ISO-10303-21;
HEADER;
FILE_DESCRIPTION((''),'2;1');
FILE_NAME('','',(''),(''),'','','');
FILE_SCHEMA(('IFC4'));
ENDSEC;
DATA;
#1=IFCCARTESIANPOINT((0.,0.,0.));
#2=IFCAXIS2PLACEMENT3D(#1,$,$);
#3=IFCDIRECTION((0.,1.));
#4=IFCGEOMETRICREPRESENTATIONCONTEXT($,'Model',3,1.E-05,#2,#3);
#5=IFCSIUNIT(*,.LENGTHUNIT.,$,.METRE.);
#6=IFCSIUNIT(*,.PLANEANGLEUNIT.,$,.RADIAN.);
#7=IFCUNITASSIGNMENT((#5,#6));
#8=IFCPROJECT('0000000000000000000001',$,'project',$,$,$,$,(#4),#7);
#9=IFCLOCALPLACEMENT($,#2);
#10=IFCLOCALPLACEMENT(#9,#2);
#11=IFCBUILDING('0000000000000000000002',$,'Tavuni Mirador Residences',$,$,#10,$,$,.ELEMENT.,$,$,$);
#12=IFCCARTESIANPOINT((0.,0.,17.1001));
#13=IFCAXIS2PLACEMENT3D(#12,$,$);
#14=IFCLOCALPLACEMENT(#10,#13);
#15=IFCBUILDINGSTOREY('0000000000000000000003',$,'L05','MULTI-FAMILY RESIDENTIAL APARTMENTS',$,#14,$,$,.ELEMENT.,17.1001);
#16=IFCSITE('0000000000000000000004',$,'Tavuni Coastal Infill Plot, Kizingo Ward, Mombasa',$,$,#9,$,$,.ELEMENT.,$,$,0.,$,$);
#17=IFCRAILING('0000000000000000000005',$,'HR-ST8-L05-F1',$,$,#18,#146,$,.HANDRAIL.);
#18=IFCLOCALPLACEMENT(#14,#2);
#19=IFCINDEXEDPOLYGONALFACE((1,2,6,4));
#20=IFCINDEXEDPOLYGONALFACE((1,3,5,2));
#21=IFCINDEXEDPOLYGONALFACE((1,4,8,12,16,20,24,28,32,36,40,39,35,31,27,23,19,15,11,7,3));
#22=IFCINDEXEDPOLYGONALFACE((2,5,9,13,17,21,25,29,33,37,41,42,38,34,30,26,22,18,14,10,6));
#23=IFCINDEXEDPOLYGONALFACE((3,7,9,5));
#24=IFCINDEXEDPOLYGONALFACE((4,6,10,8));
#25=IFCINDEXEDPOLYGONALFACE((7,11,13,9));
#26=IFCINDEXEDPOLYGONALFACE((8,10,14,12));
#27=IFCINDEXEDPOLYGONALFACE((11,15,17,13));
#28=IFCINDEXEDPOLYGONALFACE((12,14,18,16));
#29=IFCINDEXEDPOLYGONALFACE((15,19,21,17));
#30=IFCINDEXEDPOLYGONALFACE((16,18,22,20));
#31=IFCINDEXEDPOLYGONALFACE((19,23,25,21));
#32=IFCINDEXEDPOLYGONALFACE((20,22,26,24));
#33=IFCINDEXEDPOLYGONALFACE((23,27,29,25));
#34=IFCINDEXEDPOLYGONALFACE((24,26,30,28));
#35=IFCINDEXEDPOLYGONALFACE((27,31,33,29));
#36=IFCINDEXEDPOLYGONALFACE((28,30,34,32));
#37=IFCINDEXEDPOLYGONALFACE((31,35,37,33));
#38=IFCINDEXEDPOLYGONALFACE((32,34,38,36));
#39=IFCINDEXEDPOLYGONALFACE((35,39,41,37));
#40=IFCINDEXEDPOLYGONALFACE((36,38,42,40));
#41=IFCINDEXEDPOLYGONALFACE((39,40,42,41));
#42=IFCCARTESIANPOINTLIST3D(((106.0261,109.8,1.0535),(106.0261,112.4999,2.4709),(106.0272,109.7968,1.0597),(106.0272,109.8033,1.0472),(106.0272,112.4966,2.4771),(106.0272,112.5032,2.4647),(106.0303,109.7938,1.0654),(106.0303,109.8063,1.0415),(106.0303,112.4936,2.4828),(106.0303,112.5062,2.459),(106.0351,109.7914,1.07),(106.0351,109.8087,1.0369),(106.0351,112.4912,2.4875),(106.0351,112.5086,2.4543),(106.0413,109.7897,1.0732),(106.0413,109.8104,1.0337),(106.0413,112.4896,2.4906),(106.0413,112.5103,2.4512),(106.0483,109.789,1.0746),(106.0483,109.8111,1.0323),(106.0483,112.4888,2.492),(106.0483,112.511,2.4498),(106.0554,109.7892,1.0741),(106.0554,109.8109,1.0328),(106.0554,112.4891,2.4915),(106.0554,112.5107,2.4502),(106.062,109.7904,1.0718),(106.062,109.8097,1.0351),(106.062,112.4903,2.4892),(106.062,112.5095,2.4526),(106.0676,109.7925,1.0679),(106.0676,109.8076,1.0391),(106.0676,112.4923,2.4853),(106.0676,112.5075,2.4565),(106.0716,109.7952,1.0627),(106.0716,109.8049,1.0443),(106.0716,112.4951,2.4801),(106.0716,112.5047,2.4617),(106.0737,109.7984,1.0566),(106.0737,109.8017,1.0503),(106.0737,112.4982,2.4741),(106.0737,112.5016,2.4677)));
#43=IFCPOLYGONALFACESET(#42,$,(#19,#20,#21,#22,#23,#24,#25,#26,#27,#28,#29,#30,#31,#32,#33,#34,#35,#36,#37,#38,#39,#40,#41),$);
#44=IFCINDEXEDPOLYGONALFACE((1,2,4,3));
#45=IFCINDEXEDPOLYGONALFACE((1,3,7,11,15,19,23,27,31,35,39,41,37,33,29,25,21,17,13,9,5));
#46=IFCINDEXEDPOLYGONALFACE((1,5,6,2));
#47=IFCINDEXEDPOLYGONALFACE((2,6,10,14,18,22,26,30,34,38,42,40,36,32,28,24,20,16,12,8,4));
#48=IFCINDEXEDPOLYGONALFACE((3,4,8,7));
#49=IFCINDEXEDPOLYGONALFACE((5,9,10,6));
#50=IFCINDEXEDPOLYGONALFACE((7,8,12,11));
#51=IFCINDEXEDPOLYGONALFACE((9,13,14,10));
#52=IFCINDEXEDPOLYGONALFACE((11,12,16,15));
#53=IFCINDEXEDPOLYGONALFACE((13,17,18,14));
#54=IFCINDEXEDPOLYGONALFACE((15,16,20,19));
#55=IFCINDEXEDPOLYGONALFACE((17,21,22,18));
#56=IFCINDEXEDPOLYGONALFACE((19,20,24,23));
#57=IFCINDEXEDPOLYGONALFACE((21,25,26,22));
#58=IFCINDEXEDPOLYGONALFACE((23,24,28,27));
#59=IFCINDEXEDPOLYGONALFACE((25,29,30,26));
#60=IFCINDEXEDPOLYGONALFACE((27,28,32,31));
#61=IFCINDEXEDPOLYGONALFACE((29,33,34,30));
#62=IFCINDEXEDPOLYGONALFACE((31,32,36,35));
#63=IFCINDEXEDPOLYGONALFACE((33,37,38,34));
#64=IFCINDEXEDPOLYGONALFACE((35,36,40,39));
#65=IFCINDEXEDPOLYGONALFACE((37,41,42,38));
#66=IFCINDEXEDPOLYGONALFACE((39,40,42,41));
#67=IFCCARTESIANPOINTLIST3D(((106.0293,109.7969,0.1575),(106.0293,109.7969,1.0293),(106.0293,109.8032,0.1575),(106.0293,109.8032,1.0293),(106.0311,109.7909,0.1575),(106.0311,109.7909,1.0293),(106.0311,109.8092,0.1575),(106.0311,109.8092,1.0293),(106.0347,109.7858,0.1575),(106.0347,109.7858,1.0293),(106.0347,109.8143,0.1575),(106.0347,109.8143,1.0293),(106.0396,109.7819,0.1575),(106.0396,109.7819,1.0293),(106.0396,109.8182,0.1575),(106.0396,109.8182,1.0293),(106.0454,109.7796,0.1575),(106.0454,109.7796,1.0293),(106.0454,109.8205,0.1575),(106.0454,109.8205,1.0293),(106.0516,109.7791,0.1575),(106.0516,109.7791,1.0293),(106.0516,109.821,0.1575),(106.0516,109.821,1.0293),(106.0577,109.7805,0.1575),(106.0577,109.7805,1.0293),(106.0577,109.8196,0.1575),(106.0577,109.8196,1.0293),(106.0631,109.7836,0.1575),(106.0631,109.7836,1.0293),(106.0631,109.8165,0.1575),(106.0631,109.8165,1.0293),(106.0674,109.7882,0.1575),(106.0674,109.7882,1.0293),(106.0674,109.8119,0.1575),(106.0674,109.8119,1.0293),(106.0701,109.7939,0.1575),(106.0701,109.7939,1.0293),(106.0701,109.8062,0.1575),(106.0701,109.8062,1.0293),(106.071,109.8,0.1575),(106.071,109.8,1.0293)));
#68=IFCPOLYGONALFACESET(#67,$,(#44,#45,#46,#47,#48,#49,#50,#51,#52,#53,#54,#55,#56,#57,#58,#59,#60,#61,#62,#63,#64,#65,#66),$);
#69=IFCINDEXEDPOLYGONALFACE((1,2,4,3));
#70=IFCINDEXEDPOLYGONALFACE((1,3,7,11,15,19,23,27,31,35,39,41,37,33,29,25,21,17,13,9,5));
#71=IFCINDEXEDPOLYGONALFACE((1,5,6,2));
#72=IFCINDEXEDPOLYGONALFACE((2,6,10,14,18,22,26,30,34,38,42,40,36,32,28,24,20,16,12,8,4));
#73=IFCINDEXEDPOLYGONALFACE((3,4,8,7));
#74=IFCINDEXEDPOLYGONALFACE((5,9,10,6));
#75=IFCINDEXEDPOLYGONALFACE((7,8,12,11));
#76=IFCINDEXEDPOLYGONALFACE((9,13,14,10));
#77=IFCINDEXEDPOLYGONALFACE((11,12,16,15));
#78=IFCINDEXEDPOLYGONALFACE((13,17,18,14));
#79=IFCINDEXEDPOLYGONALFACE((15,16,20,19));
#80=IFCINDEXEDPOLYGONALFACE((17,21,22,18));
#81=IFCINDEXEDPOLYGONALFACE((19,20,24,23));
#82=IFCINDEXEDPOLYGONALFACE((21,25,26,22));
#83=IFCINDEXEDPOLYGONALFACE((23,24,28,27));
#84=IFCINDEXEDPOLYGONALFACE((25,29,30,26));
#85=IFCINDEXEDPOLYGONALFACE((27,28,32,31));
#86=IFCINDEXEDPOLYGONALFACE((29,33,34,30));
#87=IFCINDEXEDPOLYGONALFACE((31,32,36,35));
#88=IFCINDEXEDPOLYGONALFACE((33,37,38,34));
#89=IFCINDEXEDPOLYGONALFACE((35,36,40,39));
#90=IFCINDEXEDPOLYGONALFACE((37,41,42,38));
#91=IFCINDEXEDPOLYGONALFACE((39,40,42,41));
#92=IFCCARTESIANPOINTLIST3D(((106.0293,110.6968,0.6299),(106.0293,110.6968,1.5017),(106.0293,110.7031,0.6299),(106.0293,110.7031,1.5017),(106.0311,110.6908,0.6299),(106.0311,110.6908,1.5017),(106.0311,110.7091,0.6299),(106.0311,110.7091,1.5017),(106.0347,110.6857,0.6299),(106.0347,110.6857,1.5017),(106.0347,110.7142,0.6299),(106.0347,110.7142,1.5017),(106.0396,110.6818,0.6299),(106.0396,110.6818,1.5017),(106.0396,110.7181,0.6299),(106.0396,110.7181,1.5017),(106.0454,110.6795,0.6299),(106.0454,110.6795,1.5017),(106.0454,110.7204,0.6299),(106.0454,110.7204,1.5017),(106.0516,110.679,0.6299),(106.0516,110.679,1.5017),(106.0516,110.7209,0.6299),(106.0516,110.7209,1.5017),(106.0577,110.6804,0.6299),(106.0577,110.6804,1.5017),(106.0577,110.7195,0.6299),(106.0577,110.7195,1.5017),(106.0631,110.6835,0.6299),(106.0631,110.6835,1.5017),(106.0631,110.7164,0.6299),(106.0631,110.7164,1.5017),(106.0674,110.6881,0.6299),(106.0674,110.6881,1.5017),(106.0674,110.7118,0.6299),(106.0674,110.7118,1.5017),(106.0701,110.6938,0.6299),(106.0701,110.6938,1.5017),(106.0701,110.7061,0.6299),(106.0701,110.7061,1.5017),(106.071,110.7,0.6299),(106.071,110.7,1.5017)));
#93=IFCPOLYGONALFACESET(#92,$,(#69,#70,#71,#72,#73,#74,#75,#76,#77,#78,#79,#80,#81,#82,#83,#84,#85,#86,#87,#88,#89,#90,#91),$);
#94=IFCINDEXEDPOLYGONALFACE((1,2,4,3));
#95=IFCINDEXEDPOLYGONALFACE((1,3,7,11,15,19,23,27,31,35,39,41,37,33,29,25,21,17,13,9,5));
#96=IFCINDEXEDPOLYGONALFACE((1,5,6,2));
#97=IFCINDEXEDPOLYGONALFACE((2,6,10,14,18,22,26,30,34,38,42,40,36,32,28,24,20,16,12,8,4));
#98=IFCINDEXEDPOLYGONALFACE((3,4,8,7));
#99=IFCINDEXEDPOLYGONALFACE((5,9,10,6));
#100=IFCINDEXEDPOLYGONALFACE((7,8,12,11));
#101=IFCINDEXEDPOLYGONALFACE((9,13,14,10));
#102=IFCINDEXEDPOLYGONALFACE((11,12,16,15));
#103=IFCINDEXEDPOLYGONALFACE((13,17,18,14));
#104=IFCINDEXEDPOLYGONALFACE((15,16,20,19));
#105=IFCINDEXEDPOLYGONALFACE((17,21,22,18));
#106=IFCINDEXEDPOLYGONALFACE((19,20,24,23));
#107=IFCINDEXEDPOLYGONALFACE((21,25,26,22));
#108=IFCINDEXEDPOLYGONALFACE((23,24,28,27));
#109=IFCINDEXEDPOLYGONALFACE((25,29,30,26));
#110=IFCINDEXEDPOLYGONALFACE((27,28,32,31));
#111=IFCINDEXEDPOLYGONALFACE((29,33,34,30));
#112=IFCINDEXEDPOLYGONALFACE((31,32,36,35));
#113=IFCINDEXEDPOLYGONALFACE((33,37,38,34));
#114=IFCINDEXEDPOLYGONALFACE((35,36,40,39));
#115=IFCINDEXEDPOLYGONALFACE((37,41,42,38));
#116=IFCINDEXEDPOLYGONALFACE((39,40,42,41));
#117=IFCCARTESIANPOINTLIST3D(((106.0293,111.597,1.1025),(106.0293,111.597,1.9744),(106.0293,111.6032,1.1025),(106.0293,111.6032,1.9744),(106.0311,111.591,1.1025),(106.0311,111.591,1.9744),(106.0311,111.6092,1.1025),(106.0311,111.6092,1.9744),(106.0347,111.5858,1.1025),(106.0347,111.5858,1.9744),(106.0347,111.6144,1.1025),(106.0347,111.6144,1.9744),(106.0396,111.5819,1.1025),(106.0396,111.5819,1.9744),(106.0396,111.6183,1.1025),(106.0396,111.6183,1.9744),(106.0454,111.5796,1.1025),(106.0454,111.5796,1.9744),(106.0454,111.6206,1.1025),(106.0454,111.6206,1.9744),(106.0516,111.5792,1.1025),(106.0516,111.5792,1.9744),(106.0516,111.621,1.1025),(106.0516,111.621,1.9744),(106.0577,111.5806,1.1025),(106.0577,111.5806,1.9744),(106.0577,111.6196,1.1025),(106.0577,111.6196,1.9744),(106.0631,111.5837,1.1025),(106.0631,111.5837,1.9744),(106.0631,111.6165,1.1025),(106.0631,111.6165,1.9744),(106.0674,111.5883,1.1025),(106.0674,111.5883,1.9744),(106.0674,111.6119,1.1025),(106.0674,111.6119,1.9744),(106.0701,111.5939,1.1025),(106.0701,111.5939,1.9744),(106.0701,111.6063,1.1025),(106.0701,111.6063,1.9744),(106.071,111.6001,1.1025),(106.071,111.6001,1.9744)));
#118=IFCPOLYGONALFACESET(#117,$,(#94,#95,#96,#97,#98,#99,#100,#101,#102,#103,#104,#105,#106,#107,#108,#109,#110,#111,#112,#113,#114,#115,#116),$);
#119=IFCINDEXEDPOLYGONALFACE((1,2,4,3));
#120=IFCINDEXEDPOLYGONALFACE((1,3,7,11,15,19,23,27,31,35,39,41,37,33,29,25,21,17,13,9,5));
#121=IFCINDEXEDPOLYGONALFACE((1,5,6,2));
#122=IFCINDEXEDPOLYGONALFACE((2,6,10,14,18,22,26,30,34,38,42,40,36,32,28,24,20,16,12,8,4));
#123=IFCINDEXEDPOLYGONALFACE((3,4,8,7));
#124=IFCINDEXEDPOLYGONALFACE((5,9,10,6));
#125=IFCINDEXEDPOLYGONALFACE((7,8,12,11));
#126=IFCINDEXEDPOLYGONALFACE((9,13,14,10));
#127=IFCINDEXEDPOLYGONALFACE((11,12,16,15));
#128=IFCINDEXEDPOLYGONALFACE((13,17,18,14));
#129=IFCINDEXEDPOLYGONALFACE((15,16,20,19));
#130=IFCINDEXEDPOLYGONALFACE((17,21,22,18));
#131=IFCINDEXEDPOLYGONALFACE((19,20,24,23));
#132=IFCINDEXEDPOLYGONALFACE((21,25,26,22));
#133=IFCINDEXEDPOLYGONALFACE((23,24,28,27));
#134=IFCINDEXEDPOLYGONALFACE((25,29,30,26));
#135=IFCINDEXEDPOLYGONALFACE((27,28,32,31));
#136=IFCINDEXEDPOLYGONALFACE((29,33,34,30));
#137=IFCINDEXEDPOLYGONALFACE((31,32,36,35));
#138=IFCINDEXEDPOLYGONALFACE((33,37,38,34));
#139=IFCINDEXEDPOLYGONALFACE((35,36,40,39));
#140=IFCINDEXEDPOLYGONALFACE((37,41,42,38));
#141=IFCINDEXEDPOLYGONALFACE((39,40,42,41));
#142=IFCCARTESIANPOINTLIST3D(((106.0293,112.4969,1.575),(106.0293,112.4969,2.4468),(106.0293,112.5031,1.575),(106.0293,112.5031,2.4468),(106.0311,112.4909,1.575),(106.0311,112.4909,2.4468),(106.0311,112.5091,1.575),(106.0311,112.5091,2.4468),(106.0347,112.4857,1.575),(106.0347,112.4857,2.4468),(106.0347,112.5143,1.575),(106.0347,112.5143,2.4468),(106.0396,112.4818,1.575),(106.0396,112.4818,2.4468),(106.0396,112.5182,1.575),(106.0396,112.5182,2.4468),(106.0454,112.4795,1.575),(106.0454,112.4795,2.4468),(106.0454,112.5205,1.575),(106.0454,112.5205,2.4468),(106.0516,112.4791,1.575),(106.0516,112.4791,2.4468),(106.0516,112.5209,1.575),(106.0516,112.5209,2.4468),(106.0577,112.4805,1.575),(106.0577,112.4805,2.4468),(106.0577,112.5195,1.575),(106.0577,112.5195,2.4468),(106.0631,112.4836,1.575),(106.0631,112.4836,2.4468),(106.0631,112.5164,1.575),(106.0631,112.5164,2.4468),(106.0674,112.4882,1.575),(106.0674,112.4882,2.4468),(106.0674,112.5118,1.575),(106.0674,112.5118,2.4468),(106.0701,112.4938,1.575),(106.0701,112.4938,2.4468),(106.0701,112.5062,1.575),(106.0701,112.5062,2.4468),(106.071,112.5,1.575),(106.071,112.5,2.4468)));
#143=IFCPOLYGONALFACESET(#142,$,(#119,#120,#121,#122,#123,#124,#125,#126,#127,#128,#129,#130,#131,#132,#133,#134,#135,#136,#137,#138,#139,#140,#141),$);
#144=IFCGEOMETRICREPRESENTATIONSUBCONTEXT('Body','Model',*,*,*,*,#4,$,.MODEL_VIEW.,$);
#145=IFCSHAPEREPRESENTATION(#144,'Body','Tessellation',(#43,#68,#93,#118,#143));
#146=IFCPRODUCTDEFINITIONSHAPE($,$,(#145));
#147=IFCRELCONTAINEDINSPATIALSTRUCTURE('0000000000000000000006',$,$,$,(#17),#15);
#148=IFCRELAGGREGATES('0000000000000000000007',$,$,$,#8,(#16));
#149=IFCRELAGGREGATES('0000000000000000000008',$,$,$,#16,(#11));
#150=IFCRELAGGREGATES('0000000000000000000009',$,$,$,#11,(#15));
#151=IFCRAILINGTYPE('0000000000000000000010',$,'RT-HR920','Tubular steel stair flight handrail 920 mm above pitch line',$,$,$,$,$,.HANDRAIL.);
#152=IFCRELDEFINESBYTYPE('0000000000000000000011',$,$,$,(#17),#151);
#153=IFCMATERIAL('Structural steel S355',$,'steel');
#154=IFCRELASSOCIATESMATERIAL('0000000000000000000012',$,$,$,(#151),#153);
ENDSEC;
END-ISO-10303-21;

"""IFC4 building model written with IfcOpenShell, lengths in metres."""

from ifc_helpers import new_model, si_unit, direction, frame, origin, origin_2d, place, context, subcontext, project, spatial, circle, extrude, material, type_object, element, save


model = new_model("IFC4")

# Units and contexts
model_context = context("Model", 3, precision=1e-05, world=origin(), true_north=direction((0.0, 1.0)))
body_context = subcontext(model_context, "Body", "Model", "MODEL_VIEW")
ifc_project = project(units=[si_unit("LENGTHUNIT", "METRE"), si_unit("PLANEANGLEUNIT", "RADIAN")], contexts=[model_context])

# Site, building, storey
site_placement = place(None, origin())
site = spatial("IfcSite", under=ifc_project, at=site_placement, Name="Tavuni Coastal Infill Plot, Kizingo Ward, Mombasa", CompositionType="ELEMENT", RefElevation=0.0)
building_placement = place(site_placement, origin())
building = spatial("IfcBuilding", under=site, at=building_placement, Name="Tavuni Mirador Residences", CompositionType="ELEMENT")
storey_placement = place(building_placement, frame((0.0, 0.0, 17.1001)))
storey = spatial("IfcBuildingStorey", under=building, at=storey_placement, Name="L05", Description="MULTI-FAMILY RESIDENTIAL APARTMENTS", CompositionType="ELEMENT", Elevation=17.1001)

# Shared definitions
ifc_material_1 = material(Name="Structural steel S355", Category="steel")

# Railing
railing_type_1 = type_object("IfcRailingType", Name="RT-HR920", Description="Tubular steel stair flight handrail 920 mm above pitch line", PredefinedType="HANDRAIL", material=ifc_material_1)
railing_1_placement = place(storey_placement, frame((106.05, 109.8, 0.1575)))
element("IfcRailing", 1, at=railing_1_placement, inside=storey, type_object=railing_type_1, Name="HR-ST8-L05-F1", PredefinedType="HANDRAIL", context=body_context, shape_type="SweptSolid", body=[
    extrude(circle(Radius=0.0239, at=origin_2d()), frame((0.0, 0.0, 0.896), z_axis=(0.0, 0.885397, 0.464835), x_axis=(-1.0, 0.0, 0.0)), (0.0, 0.0, 1.0), 3.0493),
    extrude(circle(Radius=0.021, at=origin_2d()), origin(), (0.0, 0.0, 1.0), 0.8718),
    extrude(circle(Radius=0.021, at=origin_2d()), frame((0.0, 0.8999, 0.4724)), (0.0, 0.0, 1.0), 0.8718),
    extrude(circle(Radius=0.021, at=origin_2d()), frame((0.0, 1.8, 0.9451)), (0.0, 0.0, 1.0), 0.8718),
    extrude(circle(Radius=0.021, at=origin_2d()), frame((0.0, 2.7, 1.4175)), (0.0, 0.0, 1.0), 0.8718),
])

save(model, "model.ifc")
